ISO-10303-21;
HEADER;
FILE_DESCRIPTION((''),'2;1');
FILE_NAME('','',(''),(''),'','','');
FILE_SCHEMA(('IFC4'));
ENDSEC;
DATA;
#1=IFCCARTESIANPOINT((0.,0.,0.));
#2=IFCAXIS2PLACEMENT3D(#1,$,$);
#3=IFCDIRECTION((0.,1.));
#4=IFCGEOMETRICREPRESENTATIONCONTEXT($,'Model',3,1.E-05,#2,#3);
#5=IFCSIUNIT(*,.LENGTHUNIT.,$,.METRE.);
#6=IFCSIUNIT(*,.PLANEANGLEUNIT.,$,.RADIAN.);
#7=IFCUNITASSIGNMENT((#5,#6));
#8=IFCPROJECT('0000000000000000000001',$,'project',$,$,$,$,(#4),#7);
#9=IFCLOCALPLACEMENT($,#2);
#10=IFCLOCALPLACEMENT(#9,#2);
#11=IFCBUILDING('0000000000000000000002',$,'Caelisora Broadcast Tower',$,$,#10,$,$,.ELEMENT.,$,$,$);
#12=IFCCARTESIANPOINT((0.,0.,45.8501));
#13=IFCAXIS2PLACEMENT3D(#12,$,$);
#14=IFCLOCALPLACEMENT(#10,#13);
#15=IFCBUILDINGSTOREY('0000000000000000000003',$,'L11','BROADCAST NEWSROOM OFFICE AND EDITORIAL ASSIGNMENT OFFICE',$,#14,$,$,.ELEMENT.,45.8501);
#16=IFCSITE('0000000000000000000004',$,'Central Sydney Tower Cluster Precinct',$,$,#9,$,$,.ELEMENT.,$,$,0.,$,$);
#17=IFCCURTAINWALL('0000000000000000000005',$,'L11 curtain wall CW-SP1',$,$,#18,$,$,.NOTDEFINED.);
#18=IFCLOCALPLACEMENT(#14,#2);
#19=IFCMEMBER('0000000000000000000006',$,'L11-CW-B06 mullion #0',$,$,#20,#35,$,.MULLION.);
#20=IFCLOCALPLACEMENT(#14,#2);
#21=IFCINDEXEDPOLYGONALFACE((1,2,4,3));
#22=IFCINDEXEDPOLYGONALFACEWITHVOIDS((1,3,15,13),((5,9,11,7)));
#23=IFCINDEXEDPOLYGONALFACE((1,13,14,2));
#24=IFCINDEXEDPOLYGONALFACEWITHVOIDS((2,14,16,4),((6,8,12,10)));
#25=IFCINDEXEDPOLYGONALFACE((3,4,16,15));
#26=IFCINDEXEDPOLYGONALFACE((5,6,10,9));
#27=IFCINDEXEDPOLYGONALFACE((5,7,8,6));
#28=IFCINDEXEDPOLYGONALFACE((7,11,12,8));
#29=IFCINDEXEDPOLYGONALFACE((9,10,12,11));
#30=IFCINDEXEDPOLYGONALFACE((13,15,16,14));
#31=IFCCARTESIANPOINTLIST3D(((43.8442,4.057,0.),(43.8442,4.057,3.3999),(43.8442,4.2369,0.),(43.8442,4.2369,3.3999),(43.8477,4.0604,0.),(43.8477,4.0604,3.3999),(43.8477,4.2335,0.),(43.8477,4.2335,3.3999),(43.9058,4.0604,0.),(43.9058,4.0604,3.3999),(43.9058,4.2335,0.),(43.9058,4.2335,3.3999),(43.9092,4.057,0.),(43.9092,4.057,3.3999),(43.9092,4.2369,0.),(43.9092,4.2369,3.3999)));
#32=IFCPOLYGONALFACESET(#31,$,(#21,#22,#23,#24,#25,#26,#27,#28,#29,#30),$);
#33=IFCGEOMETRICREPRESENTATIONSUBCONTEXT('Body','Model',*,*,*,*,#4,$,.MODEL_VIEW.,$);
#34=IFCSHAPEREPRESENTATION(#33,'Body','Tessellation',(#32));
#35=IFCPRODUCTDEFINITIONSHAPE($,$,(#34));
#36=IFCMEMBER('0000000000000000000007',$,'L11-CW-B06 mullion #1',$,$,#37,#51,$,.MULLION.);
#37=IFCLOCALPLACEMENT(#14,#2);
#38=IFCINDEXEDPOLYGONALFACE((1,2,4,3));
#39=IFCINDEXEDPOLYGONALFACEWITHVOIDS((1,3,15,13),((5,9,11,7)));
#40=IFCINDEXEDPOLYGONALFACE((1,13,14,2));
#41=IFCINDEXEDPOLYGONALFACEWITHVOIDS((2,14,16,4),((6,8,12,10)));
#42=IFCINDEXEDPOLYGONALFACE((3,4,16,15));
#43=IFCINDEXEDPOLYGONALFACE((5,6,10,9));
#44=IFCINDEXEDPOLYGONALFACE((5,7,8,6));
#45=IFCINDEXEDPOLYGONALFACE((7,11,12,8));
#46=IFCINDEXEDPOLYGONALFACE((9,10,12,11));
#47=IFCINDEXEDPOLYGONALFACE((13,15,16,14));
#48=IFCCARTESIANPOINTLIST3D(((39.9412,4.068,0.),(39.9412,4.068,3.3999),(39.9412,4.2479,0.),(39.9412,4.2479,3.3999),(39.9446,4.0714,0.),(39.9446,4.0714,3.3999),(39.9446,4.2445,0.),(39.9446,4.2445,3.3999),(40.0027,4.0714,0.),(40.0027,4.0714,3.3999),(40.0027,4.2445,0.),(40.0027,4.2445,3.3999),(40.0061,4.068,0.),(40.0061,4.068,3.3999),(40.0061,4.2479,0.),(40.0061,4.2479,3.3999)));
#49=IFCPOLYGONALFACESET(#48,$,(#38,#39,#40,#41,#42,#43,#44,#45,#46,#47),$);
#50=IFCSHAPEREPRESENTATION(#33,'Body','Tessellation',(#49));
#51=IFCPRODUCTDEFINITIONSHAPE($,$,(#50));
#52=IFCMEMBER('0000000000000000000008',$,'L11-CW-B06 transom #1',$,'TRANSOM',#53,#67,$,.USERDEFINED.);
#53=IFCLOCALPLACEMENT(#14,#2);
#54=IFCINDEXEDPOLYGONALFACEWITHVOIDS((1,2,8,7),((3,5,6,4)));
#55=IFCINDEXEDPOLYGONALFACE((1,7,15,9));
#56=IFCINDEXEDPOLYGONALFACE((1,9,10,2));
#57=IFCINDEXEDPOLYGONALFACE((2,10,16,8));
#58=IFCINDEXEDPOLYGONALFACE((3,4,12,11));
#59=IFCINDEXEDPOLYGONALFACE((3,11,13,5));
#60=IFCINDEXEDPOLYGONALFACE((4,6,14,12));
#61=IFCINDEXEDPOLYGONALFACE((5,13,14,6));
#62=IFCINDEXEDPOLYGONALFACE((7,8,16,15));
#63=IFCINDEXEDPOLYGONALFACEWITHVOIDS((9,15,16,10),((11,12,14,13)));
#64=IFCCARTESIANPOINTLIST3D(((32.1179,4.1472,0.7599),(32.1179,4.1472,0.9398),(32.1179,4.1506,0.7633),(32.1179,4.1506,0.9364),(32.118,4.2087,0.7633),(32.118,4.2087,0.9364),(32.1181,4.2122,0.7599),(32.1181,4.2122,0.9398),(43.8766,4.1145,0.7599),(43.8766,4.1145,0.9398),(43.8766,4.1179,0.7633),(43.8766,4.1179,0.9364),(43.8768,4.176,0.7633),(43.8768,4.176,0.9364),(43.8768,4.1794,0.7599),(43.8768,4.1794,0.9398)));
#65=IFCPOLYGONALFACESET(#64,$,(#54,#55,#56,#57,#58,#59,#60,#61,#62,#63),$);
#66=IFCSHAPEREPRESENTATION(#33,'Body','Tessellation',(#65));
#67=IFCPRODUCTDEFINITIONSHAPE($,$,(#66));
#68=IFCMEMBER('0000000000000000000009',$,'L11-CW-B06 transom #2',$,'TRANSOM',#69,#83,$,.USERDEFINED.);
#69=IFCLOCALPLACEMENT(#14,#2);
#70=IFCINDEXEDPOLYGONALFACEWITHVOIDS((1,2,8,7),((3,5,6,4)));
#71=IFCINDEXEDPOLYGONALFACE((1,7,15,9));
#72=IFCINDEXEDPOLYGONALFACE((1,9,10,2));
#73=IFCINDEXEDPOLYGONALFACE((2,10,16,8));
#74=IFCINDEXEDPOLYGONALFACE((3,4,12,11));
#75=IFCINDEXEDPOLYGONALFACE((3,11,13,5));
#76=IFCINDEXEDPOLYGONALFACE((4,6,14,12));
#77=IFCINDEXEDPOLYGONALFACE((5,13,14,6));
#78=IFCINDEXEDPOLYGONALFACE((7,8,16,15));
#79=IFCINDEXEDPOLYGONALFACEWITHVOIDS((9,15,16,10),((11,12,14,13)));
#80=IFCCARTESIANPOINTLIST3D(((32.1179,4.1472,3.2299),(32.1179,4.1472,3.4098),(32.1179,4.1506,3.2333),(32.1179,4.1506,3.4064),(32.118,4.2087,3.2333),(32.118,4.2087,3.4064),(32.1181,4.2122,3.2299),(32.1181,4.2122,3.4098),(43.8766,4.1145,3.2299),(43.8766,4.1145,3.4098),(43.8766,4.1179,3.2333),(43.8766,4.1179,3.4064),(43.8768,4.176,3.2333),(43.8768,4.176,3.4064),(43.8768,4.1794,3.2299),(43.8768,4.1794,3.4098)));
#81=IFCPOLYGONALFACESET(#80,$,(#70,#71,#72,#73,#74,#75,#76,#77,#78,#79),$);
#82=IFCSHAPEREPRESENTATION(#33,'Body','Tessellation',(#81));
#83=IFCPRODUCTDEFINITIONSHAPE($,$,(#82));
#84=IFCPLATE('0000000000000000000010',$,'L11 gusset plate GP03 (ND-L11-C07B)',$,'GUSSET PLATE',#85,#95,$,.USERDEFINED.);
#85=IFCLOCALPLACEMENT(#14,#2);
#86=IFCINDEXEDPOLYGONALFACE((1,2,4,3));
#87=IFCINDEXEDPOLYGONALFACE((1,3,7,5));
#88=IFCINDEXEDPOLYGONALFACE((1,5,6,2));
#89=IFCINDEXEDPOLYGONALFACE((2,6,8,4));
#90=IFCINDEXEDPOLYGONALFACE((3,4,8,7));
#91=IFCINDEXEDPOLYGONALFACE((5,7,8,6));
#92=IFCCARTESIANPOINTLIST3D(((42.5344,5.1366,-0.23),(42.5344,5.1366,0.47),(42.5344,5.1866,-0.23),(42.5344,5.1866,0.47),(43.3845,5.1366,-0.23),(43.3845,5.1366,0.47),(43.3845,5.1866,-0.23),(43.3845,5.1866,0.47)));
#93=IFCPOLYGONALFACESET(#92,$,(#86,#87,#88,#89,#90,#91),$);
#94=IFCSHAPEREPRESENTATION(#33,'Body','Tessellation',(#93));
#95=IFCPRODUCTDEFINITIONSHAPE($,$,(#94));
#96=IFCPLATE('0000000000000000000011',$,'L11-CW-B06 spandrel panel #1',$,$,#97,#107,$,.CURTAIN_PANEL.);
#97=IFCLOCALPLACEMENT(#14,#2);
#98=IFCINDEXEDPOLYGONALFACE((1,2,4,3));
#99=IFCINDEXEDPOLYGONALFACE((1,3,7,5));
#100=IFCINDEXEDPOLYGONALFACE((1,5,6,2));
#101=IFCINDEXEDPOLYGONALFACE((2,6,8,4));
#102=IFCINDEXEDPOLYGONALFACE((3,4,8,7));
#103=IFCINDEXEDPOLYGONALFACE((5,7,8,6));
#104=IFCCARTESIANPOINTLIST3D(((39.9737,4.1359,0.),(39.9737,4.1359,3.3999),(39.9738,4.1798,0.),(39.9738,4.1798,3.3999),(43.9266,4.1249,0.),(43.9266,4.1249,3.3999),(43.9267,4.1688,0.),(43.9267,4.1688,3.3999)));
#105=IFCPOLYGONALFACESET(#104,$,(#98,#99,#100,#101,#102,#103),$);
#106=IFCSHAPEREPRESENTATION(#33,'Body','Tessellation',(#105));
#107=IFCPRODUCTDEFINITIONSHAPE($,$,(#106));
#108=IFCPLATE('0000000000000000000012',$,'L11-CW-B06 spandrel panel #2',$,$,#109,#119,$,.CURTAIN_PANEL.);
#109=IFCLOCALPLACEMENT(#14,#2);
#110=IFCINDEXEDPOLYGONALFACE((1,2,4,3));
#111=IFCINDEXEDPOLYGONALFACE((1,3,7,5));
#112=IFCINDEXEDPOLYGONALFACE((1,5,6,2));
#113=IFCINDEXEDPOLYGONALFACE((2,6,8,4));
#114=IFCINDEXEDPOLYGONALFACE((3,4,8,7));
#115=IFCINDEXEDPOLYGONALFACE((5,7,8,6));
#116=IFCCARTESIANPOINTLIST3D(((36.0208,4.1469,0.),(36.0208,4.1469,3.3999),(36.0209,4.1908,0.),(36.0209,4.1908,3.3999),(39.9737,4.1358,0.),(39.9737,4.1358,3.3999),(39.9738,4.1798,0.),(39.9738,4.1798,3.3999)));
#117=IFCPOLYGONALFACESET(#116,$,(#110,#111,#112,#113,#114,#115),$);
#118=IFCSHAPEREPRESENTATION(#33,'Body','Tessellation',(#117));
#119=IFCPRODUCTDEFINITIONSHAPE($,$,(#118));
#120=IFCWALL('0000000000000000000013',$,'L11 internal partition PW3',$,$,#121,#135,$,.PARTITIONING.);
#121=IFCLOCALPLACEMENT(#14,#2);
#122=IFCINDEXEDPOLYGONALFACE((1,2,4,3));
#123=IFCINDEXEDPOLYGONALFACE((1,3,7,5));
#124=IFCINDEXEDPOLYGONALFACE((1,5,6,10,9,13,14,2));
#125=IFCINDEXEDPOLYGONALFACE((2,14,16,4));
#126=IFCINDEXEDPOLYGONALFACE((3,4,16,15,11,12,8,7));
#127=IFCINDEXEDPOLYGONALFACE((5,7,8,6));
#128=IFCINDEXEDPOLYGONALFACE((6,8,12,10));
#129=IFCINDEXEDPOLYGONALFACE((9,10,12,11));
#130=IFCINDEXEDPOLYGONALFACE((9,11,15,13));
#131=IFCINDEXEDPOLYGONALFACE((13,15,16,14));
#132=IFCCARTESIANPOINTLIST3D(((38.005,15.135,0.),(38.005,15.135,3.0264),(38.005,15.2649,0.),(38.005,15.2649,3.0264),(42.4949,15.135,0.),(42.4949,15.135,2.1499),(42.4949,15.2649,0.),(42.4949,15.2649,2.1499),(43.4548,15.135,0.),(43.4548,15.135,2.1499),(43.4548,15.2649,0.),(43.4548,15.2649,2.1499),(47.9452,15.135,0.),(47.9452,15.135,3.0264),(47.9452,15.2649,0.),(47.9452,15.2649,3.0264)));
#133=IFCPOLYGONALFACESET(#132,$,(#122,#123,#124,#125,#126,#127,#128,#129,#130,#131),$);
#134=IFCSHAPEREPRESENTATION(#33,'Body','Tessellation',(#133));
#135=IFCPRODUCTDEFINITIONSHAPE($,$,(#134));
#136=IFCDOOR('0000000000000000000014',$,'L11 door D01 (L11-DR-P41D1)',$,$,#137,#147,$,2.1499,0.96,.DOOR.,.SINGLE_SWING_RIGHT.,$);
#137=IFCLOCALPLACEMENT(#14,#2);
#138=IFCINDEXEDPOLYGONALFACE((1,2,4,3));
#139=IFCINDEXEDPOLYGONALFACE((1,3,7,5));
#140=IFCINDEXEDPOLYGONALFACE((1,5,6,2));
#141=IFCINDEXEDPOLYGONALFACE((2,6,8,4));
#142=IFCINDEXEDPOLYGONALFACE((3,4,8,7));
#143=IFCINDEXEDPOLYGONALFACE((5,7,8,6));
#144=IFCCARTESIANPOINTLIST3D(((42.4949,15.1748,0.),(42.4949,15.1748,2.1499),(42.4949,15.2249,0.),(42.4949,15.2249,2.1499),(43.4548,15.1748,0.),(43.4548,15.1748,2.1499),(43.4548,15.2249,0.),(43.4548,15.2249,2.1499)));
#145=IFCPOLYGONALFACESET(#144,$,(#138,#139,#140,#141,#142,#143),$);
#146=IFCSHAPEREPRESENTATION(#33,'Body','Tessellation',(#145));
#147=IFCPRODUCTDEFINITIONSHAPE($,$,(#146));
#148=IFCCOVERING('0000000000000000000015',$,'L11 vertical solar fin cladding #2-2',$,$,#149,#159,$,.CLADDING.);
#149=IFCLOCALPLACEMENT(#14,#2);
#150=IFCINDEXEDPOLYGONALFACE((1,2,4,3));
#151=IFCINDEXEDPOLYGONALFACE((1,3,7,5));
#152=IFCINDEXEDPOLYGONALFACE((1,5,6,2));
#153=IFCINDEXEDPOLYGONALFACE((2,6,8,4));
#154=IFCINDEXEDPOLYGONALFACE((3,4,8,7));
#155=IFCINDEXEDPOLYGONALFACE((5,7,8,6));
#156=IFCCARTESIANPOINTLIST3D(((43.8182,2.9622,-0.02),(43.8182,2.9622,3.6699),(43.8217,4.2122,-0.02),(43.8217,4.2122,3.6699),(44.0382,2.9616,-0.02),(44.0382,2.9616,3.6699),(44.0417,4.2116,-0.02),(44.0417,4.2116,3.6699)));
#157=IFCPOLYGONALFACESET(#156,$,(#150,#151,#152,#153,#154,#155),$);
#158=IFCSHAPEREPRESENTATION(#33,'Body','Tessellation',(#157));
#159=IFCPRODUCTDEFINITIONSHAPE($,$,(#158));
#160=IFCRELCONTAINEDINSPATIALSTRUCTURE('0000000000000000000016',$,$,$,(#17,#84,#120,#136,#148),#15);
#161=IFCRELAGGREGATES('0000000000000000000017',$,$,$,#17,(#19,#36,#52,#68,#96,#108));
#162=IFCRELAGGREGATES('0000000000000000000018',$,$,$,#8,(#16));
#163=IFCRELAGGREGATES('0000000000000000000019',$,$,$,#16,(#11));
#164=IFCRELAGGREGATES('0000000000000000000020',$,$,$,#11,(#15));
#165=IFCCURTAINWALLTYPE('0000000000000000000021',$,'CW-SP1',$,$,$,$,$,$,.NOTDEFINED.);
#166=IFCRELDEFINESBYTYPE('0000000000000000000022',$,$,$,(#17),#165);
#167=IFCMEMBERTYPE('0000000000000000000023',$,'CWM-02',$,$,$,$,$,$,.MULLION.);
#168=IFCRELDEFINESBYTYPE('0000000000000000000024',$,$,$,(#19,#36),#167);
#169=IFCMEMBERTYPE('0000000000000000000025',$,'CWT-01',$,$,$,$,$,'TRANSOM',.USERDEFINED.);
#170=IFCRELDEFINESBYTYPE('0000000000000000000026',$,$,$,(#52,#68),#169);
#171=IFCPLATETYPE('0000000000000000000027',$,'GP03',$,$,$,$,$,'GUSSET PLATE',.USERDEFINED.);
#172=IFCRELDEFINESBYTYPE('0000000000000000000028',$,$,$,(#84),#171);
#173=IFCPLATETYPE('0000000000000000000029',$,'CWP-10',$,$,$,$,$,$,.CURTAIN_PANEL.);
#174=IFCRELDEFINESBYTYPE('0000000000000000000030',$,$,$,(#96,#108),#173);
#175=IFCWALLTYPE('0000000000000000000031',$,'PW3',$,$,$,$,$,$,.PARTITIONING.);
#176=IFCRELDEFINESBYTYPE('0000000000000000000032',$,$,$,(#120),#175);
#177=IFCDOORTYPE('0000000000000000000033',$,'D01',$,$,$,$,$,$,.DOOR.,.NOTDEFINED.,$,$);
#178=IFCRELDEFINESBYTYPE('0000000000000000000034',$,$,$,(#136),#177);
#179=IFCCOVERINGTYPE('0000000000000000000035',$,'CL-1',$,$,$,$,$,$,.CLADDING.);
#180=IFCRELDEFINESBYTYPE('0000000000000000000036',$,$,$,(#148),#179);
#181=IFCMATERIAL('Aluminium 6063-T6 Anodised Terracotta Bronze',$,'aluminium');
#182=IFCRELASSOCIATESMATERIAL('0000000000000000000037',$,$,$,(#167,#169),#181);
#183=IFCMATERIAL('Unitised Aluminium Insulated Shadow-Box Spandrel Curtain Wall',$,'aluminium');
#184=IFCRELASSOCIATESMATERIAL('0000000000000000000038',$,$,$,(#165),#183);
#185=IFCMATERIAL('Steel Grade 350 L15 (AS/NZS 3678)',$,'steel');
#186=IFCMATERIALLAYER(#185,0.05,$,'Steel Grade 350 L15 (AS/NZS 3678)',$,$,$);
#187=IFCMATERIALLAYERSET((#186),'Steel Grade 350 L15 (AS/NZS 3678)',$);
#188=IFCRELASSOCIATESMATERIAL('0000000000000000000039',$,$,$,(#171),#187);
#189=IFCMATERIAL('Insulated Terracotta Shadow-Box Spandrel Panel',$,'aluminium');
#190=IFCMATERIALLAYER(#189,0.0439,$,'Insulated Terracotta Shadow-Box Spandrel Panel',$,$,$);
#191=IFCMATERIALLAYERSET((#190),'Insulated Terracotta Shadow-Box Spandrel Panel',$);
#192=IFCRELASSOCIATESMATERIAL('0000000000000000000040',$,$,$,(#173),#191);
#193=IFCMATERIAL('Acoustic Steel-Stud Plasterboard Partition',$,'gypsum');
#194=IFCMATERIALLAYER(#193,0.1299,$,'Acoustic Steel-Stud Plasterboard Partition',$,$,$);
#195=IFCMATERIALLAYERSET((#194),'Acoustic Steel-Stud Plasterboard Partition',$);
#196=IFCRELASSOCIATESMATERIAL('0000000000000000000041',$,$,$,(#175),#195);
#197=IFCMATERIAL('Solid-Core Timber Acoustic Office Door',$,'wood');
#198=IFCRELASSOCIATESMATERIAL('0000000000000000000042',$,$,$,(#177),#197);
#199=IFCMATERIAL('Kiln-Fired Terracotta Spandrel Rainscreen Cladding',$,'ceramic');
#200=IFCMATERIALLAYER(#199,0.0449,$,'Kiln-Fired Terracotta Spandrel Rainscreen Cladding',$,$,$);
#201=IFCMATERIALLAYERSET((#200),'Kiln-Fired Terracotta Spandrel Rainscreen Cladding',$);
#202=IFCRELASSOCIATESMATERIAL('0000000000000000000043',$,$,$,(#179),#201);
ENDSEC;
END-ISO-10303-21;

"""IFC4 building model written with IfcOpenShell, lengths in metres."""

from ifc_helpers import new_model, si_unit, direction, frame, frame_2d, origin, origin_2d, place, context, subcontext, project, spatial, rectangle, hollow_rectangle, extrude, source, transform, mapped, material, layer, layer_set, material_profile, profile_set, type_object, type_shapes, element, fill, aggregate, save


model = new_model("IFC4")

# Units and contexts
model_context = context("Model", 3, precision=1e-05, world=origin(), true_north=direction((0.0, 1.0)))
body_context = subcontext(model_context, "Body", "Model", "MODEL_VIEW")
ifc_project = project(units=[si_unit("LENGTHUNIT", "METRE"), si_unit("PLANEANGLEUNIT", "RADIAN")], contexts=[model_context])

# Site, building, storey
site_placement = place(None, origin())
site = spatial("IfcSite", under=ifc_project, at=site_placement, Name="Central Sydney Tower Cluster Precinct", CompositionType="ELEMENT", RefElevation=0.0)
building_placement = place(site_placement, origin())
building = spatial("IfcBuilding", under=site, at=building_placement, Name="Caelisora Broadcast Tower", CompositionType="ELEMENT")
storey_placement = place(building_placement, frame((0.0, 0.0, 45.8501)))
storey = spatial("IfcBuildingStorey", under=building, at=storey_placement, Name="L11", Description="BROADCAST NEWSROOM OFFICE AND EDITORIAL ASSIGNMENT OFFICE", CompositionType="ELEMENT", Elevation=45.8501)

# Shared definitions
ifc_material_1 = material(Name="Steel Grade 350 L15 (AS/NZS 3678)", Category="steel")

# Shared definitions
ifc_material_2 = material(Name="Aluminium 6063-T6 Anodised Terracotta Bronze", Category="aluminium")
ifc_material_profile_1 = material_profile(ifc_material_2, hollow_rectangle(XDim=0.0649, YDim=0.1799, WallThickness=0.0034, at=origin_2d()), Name="Aluminium 6063-T6 Anodised Terracotta Bronze")
ifc_profile_set_1 = profile_set([ifc_material_profile_1], Name="Aluminium 6063-T6 Anodised Terracotta Bronze")
member_type_1 = type_object("IfcMemberType", Name="CWM-02", PredefinedType="MULLION", material=ifc_profile_set_1)
shared_shape_1 = source(origin(), body_context, "Body", "SweptSolid", [
    extrude(hollow_rectangle(XDim=0.0649, YDim=0.1799, WallThickness=0.0034, at=origin_2d()), origin(), (0.0, 0.0, 1.0), 3.3999),
])
type_shapes(member_type_1, [shared_shape_1])

# Curtain wall, members
ifc_material_3 = material(Name="Unitised Aluminium Insulated Shadow-Box Spandrel Curtain Wall", Category="aluminium")
curtain_wall_type_1 = type_object("IfcCurtainWallType", Name="CW-SP1", PredefinedType="NOTDEFINED", material=ifc_material_3)
curtain_wall_1_placement = place(storey_placement, origin())
curtain_wall_1 = element("IfcCurtainWall", 1, at=curtain_wall_1_placement, inside=storey, type_object=curtain_wall_type_1, Name="L11 curtain wall CW-SP1", PredefinedType="NOTDEFINED")
member_1_placement = place(storey_placement, frame((43.8767, 4.147, 0.0), z_axis=(0.0, 0.0, 1.0), x_axis=(1.0, 0.0, 0.0)))
member_1 = element("IfcMember", 2, at=member_1_placement, type_object=member_type_1, Name="L11-CW-B06 mullion #0", PredefinedType="MULLION", context=body_context, shape_type="MappedRepresentation", body=[
    mapped(shared_shape_1, transform((0.0, 0.0, 0.0), scale=1.0)),
])
member_2_placement = place(storey_placement, frame((39.9736, 4.158, 0.0), z_axis=(0.0, 0.0, 1.0), x_axis=(1.0, 0.0, 0.0)))
member_2 = element("IfcMember", 3, at=member_2_placement, type_object=member_type_1, Name="L11-CW-B06 mullion #1", PredefinedType="MULLION", context=body_context, shape_type="MappedRepresentation", body=[
    mapped(shared_shape_1, transform((0.0, 0.0, 0.0), scale=1.0)),
])
ifc_material_profile_2 = material_profile(ifc_material_2, hollow_rectangle(XDim=0.0649, YDim=0.1799, WallThickness=0.0034, at=origin_2d()), Name="Aluminium 6063-T6 Anodised Terracotta Bronze")
ifc_profile_set_2 = profile_set([ifc_material_profile_2], Name="Aluminium 6063-T6 Anodised Terracotta Bronze")
member_type_2 = type_object("IfcMemberType", Name="CWT-01", ElementType="TRANSOM", PredefinedType="USERDEFINED", material=ifc_profile_set_2)
shared_shape_2 = source(origin(), body_context, "Body", "SweptSolid", [
    extrude(hollow_rectangle(XDim=0.0649, YDim=0.1799, WallThickness=0.0034, at=origin_2d()), origin(), (0.0, 0.0, 1.0), 11.7588),
])
type_shapes(member_type_2, [shared_shape_2])
member_3_placement = place(storey_placement, frame((43.8767, 4.147, 0.8499), z_axis=(-0.999996, 0.002782, 0.0), x_axis=(-0.002782, -0.999996, 0.0)))
member_3 = element("IfcMember", 4, at=member_3_placement, type_object=member_type_2, Name="L11-CW-B06 transom #1", ObjectType="TRANSOM", PredefinedType="USERDEFINED", context=body_context, shape_type="MappedRepresentation", body=[
    mapped(shared_shape_2, transform((0.0, 0.0, 0.0), scale=1.0)),
])
member_4_placement = place(storey_placement, frame((43.8767, 4.147, 3.3198), z_axis=(-0.999996, 0.002782, 0.0), x_axis=(-0.002782, -0.999996, 0.0)))
member_4 = element("IfcMember", 5, at=member_4_placement, type_object=member_type_2, Name="L11-CW-B06 transom #2", ObjectType="TRANSOM", PredefinedType="USERDEFINED", context=body_context, shape_type="MappedRepresentation", body=[
    mapped(shared_shape_2, transform((0.0, 0.0, 0.0), scale=1.0)),
])

# Plates
ifc_layer_1 = layer(ifc_material_1, 0.05, Name="Steel Grade 350 L15 (AS/NZS 3678)")
ifc_layer_set_1 = layer_set([ifc_layer_1], Name="Steel Grade 350 L15 (AS/NZS 3678)")
plate_type_1 = type_object("IfcPlateType", Name="GP03", ElementType="GUSSET PLATE", PredefinedType="USERDEFINED", material=ifc_layer_set_1)
shared_shape_3 = source(origin(), body_context, "Body", "SweptSolid", [
    extrude(rectangle(XDim=0.8501, YDim=0.05, at=origin_2d()), origin(), (0.0, 0.0, 1.0), 0.7),
])
type_shapes(plate_type_1, [shared_shape_3])
plate_1_placement = place(storey_placement, frame((42.9595, 5.1616, -0.23), z_axis=(0.0, 0.0, 1.0), x_axis=(1.0, 0.0, 0.0)))
element("IfcPlate", 6, at=plate_1_placement, inside=storey, type_object=plate_type_1, Name="L11 gusset plate GP03 (ND-L11-C07B)", ObjectType="GUSSET PLATE", PredefinedType="USERDEFINED", context=body_context, shape_type="MappedRepresentation", body=[
    mapped(shared_shape_3, transform((0.0, 0.0, 0.0), scale=1.0)),
])
ifc_material_4 = material(Name="Insulated Terracotta Shadow-Box Spandrel Panel", Category="aluminium")
ifc_layer_2 = layer(ifc_material_4, 0.0439, Name="Insulated Terracotta Shadow-Box Spandrel Panel")
ifc_layer_set_2 = layer_set([ifc_layer_2], Name="Insulated Terracotta Shadow-Box Spandrel Panel")
plate_type_2 = type_object("IfcPlateType", Name="CWP-10", PredefinedType="CURTAIN_PANEL", material=ifc_layer_set_2)
shared_shape_4 = source(origin(), body_context, "Body", "SweptSolid", [
    extrude(rectangle(XDim=3.9529, YDim=0.0439, at=origin_2d()), origin(), (0.0, 0.0, 1.0), 3.3999),
])
type_shapes(plate_type_2, [shared_shape_4])
plate_2_placement = place(storey_placement, frame((41.9502, 4.1523, 0.0), z_axis=(0.0, 0.0, 1.0), x_axis=(-0.999996, 0.002793, 0.0)))
plate_2 = element("IfcPlate", 7, at=plate_2_placement, type_object=plate_type_2, Name="L11-CW-B06 spandrel panel #1", PredefinedType="CURTAIN_PANEL", context=body_context, shape_type="MappedRepresentation", body=[
    mapped(shared_shape_4, transform((0.0, 0.0, 0.0), scale=1.0)),
])
plate_3_placement = place(storey_placement, frame((37.9973, 4.1633, 0.0), z_axis=(0.0, 0.0, 1.0), x_axis=(-0.999996, 0.002793, 0.0)))
plate_3 = element("IfcPlate", 8, at=plate_3_placement, type_object=plate_type_2, Name="L11-CW-B06 spandrel panel #2", PredefinedType="CURTAIN_PANEL", context=body_context, shape_type="MappedRepresentation", body=[
    mapped(shared_shape_4, transform((0.0, 0.0, 0.0), scale=1.0)),
])
aggregate(curtain_wall_1, [member_1, member_2, member_3, member_4, plate_2, plate_3])

# Wall, opening, door
ifc_material_5 = material(Name="Acoustic Steel-Stud Plasterboard Partition", Category="gypsum")
ifc_layer_3 = layer(ifc_material_5, 0.1299, Name="Acoustic Steel-Stud Plasterboard Partition")
ifc_layer_set_3 = layer_set([ifc_layer_3], Name="Acoustic Steel-Stud Plasterboard Partition")
wall_type_1 = type_object("IfcWallType", Name="PW3", PredefinedType="PARTITIONING", material=ifc_layer_set_3)
wall_1_placement = place(storey_placement, frame((38.0049, 15.2, 0.0), z_axis=(0.0, 0.0, 1.0), x_axis=(1.0, 0.0, 0.0)))
wall_1 = element("IfcWall", 9, at=wall_1_placement, inside=storey, type_object=wall_type_1, Name="L11 internal partition PW3", PredefinedType="PARTITIONING", context=body_context, shape_type="SweptSolid", body=[
    extrude(rectangle(XDim=9.9402, YDim=0.1299, at=frame_2d((4.9702, 0.0))), origin(), (0.0, 0.0, 1.0), 3.0264),
])
opening_1_placement = place(wall_1_placement, frame((4.49, 0.0, 0.0)))
opening_1 = element("IfcOpeningElement", 10, at=opening_1_placement, cuts=wall_1, PredefinedType="OPENING", context=body_context, shape_type="SweptSolid", body=[
    extrude(rectangle(XDim=0.96, YDim=2.1499, at=frame_2d((0.48, 1.075))), frame((0.0, 0.0769, 0.0), z_axis=(0.0, -1.0, 0.0), x_axis=(1.0, 0.0, 0.0)), (0.0, 0.0, 1.0), 0.1538),
])
ifc_material_6 = material(Name="Solid-Core Timber Acoustic Office Door", Category="wood")
door_type_1 = type_object("IfcDoorType", Name="D01", OperationType="NOTDEFINED", PredefinedType="DOOR", material=ifc_material_6)
door_1_placement = place(opening_1_placement, origin())
door_1 = element("IfcDoor", 11, at=door_1_placement, inside=storey, type_object=door_type_1, Name="L11 door D01 (L11-DR-P41D1)", OperationType="SINGLE_SWING_RIGHT", OverallHeight=2.1499, OverallWidth=0.96, PredefinedType="DOOR", context=body_context, shape_type="SweptSolid", body=[
    extrude(rectangle(XDim=0.96, YDim=2.1499, at=frame_2d((0.48, 1.075))), frame((0.0, 0.0249, 0.0), z_axis=(0.0, -1.0, 0.0), x_axis=(1.0, 0.0, 0.0)), (0.0, 0.0, 1.0), 0.05),
])
fill(opening_1, door_1)

# Covering
ifc_material_7 = material(Name="Kiln-Fired Terracotta Spandrel Rainscreen Cladding", Category="ceramic")
ifc_layer_4 = layer(ifc_material_7, 0.0449, Name="Kiln-Fired Terracotta Spandrel Rainscreen Cladding")
ifc_layer_set_4 = layer_set([ifc_layer_4], Name="Kiln-Fired Terracotta Spandrel Rainscreen Cladding")
covering_type = type_object("IfcCoveringType", Name="CL-1", PredefinedType="CLADDING", material=ifc_layer_set_4)
shared_shape_5 = source(origin(), body_context, "Body", "SweptSolid", [
    extrude(rectangle(XDim=0.22, YDim=1.25, at=origin_2d()), origin(), (0.0, 0.0, 1.0), 3.6899),
])
type_shapes(covering_type, [shared_shape_5])
covering_placement = place(storey_placement, frame((43.9299, 3.5869, -0.02), z_axis=(0.0, 0.0, 1.0), x_axis=(-0.999996, 0.002793, 0.0)))
element("IfcCovering", 12, at=covering_placement, inside=storey, type_object=covering_type, Name="L11 vertical solar fin cladding #2-2", PredefinedType="CLADDING", context=body_context, shape_type="MappedRepresentation", body=[
    mapped(shared_shape_5, transform((0.0, 0.0, 0.0), scale=1.0)),
])

save(model, "model.ifc")
